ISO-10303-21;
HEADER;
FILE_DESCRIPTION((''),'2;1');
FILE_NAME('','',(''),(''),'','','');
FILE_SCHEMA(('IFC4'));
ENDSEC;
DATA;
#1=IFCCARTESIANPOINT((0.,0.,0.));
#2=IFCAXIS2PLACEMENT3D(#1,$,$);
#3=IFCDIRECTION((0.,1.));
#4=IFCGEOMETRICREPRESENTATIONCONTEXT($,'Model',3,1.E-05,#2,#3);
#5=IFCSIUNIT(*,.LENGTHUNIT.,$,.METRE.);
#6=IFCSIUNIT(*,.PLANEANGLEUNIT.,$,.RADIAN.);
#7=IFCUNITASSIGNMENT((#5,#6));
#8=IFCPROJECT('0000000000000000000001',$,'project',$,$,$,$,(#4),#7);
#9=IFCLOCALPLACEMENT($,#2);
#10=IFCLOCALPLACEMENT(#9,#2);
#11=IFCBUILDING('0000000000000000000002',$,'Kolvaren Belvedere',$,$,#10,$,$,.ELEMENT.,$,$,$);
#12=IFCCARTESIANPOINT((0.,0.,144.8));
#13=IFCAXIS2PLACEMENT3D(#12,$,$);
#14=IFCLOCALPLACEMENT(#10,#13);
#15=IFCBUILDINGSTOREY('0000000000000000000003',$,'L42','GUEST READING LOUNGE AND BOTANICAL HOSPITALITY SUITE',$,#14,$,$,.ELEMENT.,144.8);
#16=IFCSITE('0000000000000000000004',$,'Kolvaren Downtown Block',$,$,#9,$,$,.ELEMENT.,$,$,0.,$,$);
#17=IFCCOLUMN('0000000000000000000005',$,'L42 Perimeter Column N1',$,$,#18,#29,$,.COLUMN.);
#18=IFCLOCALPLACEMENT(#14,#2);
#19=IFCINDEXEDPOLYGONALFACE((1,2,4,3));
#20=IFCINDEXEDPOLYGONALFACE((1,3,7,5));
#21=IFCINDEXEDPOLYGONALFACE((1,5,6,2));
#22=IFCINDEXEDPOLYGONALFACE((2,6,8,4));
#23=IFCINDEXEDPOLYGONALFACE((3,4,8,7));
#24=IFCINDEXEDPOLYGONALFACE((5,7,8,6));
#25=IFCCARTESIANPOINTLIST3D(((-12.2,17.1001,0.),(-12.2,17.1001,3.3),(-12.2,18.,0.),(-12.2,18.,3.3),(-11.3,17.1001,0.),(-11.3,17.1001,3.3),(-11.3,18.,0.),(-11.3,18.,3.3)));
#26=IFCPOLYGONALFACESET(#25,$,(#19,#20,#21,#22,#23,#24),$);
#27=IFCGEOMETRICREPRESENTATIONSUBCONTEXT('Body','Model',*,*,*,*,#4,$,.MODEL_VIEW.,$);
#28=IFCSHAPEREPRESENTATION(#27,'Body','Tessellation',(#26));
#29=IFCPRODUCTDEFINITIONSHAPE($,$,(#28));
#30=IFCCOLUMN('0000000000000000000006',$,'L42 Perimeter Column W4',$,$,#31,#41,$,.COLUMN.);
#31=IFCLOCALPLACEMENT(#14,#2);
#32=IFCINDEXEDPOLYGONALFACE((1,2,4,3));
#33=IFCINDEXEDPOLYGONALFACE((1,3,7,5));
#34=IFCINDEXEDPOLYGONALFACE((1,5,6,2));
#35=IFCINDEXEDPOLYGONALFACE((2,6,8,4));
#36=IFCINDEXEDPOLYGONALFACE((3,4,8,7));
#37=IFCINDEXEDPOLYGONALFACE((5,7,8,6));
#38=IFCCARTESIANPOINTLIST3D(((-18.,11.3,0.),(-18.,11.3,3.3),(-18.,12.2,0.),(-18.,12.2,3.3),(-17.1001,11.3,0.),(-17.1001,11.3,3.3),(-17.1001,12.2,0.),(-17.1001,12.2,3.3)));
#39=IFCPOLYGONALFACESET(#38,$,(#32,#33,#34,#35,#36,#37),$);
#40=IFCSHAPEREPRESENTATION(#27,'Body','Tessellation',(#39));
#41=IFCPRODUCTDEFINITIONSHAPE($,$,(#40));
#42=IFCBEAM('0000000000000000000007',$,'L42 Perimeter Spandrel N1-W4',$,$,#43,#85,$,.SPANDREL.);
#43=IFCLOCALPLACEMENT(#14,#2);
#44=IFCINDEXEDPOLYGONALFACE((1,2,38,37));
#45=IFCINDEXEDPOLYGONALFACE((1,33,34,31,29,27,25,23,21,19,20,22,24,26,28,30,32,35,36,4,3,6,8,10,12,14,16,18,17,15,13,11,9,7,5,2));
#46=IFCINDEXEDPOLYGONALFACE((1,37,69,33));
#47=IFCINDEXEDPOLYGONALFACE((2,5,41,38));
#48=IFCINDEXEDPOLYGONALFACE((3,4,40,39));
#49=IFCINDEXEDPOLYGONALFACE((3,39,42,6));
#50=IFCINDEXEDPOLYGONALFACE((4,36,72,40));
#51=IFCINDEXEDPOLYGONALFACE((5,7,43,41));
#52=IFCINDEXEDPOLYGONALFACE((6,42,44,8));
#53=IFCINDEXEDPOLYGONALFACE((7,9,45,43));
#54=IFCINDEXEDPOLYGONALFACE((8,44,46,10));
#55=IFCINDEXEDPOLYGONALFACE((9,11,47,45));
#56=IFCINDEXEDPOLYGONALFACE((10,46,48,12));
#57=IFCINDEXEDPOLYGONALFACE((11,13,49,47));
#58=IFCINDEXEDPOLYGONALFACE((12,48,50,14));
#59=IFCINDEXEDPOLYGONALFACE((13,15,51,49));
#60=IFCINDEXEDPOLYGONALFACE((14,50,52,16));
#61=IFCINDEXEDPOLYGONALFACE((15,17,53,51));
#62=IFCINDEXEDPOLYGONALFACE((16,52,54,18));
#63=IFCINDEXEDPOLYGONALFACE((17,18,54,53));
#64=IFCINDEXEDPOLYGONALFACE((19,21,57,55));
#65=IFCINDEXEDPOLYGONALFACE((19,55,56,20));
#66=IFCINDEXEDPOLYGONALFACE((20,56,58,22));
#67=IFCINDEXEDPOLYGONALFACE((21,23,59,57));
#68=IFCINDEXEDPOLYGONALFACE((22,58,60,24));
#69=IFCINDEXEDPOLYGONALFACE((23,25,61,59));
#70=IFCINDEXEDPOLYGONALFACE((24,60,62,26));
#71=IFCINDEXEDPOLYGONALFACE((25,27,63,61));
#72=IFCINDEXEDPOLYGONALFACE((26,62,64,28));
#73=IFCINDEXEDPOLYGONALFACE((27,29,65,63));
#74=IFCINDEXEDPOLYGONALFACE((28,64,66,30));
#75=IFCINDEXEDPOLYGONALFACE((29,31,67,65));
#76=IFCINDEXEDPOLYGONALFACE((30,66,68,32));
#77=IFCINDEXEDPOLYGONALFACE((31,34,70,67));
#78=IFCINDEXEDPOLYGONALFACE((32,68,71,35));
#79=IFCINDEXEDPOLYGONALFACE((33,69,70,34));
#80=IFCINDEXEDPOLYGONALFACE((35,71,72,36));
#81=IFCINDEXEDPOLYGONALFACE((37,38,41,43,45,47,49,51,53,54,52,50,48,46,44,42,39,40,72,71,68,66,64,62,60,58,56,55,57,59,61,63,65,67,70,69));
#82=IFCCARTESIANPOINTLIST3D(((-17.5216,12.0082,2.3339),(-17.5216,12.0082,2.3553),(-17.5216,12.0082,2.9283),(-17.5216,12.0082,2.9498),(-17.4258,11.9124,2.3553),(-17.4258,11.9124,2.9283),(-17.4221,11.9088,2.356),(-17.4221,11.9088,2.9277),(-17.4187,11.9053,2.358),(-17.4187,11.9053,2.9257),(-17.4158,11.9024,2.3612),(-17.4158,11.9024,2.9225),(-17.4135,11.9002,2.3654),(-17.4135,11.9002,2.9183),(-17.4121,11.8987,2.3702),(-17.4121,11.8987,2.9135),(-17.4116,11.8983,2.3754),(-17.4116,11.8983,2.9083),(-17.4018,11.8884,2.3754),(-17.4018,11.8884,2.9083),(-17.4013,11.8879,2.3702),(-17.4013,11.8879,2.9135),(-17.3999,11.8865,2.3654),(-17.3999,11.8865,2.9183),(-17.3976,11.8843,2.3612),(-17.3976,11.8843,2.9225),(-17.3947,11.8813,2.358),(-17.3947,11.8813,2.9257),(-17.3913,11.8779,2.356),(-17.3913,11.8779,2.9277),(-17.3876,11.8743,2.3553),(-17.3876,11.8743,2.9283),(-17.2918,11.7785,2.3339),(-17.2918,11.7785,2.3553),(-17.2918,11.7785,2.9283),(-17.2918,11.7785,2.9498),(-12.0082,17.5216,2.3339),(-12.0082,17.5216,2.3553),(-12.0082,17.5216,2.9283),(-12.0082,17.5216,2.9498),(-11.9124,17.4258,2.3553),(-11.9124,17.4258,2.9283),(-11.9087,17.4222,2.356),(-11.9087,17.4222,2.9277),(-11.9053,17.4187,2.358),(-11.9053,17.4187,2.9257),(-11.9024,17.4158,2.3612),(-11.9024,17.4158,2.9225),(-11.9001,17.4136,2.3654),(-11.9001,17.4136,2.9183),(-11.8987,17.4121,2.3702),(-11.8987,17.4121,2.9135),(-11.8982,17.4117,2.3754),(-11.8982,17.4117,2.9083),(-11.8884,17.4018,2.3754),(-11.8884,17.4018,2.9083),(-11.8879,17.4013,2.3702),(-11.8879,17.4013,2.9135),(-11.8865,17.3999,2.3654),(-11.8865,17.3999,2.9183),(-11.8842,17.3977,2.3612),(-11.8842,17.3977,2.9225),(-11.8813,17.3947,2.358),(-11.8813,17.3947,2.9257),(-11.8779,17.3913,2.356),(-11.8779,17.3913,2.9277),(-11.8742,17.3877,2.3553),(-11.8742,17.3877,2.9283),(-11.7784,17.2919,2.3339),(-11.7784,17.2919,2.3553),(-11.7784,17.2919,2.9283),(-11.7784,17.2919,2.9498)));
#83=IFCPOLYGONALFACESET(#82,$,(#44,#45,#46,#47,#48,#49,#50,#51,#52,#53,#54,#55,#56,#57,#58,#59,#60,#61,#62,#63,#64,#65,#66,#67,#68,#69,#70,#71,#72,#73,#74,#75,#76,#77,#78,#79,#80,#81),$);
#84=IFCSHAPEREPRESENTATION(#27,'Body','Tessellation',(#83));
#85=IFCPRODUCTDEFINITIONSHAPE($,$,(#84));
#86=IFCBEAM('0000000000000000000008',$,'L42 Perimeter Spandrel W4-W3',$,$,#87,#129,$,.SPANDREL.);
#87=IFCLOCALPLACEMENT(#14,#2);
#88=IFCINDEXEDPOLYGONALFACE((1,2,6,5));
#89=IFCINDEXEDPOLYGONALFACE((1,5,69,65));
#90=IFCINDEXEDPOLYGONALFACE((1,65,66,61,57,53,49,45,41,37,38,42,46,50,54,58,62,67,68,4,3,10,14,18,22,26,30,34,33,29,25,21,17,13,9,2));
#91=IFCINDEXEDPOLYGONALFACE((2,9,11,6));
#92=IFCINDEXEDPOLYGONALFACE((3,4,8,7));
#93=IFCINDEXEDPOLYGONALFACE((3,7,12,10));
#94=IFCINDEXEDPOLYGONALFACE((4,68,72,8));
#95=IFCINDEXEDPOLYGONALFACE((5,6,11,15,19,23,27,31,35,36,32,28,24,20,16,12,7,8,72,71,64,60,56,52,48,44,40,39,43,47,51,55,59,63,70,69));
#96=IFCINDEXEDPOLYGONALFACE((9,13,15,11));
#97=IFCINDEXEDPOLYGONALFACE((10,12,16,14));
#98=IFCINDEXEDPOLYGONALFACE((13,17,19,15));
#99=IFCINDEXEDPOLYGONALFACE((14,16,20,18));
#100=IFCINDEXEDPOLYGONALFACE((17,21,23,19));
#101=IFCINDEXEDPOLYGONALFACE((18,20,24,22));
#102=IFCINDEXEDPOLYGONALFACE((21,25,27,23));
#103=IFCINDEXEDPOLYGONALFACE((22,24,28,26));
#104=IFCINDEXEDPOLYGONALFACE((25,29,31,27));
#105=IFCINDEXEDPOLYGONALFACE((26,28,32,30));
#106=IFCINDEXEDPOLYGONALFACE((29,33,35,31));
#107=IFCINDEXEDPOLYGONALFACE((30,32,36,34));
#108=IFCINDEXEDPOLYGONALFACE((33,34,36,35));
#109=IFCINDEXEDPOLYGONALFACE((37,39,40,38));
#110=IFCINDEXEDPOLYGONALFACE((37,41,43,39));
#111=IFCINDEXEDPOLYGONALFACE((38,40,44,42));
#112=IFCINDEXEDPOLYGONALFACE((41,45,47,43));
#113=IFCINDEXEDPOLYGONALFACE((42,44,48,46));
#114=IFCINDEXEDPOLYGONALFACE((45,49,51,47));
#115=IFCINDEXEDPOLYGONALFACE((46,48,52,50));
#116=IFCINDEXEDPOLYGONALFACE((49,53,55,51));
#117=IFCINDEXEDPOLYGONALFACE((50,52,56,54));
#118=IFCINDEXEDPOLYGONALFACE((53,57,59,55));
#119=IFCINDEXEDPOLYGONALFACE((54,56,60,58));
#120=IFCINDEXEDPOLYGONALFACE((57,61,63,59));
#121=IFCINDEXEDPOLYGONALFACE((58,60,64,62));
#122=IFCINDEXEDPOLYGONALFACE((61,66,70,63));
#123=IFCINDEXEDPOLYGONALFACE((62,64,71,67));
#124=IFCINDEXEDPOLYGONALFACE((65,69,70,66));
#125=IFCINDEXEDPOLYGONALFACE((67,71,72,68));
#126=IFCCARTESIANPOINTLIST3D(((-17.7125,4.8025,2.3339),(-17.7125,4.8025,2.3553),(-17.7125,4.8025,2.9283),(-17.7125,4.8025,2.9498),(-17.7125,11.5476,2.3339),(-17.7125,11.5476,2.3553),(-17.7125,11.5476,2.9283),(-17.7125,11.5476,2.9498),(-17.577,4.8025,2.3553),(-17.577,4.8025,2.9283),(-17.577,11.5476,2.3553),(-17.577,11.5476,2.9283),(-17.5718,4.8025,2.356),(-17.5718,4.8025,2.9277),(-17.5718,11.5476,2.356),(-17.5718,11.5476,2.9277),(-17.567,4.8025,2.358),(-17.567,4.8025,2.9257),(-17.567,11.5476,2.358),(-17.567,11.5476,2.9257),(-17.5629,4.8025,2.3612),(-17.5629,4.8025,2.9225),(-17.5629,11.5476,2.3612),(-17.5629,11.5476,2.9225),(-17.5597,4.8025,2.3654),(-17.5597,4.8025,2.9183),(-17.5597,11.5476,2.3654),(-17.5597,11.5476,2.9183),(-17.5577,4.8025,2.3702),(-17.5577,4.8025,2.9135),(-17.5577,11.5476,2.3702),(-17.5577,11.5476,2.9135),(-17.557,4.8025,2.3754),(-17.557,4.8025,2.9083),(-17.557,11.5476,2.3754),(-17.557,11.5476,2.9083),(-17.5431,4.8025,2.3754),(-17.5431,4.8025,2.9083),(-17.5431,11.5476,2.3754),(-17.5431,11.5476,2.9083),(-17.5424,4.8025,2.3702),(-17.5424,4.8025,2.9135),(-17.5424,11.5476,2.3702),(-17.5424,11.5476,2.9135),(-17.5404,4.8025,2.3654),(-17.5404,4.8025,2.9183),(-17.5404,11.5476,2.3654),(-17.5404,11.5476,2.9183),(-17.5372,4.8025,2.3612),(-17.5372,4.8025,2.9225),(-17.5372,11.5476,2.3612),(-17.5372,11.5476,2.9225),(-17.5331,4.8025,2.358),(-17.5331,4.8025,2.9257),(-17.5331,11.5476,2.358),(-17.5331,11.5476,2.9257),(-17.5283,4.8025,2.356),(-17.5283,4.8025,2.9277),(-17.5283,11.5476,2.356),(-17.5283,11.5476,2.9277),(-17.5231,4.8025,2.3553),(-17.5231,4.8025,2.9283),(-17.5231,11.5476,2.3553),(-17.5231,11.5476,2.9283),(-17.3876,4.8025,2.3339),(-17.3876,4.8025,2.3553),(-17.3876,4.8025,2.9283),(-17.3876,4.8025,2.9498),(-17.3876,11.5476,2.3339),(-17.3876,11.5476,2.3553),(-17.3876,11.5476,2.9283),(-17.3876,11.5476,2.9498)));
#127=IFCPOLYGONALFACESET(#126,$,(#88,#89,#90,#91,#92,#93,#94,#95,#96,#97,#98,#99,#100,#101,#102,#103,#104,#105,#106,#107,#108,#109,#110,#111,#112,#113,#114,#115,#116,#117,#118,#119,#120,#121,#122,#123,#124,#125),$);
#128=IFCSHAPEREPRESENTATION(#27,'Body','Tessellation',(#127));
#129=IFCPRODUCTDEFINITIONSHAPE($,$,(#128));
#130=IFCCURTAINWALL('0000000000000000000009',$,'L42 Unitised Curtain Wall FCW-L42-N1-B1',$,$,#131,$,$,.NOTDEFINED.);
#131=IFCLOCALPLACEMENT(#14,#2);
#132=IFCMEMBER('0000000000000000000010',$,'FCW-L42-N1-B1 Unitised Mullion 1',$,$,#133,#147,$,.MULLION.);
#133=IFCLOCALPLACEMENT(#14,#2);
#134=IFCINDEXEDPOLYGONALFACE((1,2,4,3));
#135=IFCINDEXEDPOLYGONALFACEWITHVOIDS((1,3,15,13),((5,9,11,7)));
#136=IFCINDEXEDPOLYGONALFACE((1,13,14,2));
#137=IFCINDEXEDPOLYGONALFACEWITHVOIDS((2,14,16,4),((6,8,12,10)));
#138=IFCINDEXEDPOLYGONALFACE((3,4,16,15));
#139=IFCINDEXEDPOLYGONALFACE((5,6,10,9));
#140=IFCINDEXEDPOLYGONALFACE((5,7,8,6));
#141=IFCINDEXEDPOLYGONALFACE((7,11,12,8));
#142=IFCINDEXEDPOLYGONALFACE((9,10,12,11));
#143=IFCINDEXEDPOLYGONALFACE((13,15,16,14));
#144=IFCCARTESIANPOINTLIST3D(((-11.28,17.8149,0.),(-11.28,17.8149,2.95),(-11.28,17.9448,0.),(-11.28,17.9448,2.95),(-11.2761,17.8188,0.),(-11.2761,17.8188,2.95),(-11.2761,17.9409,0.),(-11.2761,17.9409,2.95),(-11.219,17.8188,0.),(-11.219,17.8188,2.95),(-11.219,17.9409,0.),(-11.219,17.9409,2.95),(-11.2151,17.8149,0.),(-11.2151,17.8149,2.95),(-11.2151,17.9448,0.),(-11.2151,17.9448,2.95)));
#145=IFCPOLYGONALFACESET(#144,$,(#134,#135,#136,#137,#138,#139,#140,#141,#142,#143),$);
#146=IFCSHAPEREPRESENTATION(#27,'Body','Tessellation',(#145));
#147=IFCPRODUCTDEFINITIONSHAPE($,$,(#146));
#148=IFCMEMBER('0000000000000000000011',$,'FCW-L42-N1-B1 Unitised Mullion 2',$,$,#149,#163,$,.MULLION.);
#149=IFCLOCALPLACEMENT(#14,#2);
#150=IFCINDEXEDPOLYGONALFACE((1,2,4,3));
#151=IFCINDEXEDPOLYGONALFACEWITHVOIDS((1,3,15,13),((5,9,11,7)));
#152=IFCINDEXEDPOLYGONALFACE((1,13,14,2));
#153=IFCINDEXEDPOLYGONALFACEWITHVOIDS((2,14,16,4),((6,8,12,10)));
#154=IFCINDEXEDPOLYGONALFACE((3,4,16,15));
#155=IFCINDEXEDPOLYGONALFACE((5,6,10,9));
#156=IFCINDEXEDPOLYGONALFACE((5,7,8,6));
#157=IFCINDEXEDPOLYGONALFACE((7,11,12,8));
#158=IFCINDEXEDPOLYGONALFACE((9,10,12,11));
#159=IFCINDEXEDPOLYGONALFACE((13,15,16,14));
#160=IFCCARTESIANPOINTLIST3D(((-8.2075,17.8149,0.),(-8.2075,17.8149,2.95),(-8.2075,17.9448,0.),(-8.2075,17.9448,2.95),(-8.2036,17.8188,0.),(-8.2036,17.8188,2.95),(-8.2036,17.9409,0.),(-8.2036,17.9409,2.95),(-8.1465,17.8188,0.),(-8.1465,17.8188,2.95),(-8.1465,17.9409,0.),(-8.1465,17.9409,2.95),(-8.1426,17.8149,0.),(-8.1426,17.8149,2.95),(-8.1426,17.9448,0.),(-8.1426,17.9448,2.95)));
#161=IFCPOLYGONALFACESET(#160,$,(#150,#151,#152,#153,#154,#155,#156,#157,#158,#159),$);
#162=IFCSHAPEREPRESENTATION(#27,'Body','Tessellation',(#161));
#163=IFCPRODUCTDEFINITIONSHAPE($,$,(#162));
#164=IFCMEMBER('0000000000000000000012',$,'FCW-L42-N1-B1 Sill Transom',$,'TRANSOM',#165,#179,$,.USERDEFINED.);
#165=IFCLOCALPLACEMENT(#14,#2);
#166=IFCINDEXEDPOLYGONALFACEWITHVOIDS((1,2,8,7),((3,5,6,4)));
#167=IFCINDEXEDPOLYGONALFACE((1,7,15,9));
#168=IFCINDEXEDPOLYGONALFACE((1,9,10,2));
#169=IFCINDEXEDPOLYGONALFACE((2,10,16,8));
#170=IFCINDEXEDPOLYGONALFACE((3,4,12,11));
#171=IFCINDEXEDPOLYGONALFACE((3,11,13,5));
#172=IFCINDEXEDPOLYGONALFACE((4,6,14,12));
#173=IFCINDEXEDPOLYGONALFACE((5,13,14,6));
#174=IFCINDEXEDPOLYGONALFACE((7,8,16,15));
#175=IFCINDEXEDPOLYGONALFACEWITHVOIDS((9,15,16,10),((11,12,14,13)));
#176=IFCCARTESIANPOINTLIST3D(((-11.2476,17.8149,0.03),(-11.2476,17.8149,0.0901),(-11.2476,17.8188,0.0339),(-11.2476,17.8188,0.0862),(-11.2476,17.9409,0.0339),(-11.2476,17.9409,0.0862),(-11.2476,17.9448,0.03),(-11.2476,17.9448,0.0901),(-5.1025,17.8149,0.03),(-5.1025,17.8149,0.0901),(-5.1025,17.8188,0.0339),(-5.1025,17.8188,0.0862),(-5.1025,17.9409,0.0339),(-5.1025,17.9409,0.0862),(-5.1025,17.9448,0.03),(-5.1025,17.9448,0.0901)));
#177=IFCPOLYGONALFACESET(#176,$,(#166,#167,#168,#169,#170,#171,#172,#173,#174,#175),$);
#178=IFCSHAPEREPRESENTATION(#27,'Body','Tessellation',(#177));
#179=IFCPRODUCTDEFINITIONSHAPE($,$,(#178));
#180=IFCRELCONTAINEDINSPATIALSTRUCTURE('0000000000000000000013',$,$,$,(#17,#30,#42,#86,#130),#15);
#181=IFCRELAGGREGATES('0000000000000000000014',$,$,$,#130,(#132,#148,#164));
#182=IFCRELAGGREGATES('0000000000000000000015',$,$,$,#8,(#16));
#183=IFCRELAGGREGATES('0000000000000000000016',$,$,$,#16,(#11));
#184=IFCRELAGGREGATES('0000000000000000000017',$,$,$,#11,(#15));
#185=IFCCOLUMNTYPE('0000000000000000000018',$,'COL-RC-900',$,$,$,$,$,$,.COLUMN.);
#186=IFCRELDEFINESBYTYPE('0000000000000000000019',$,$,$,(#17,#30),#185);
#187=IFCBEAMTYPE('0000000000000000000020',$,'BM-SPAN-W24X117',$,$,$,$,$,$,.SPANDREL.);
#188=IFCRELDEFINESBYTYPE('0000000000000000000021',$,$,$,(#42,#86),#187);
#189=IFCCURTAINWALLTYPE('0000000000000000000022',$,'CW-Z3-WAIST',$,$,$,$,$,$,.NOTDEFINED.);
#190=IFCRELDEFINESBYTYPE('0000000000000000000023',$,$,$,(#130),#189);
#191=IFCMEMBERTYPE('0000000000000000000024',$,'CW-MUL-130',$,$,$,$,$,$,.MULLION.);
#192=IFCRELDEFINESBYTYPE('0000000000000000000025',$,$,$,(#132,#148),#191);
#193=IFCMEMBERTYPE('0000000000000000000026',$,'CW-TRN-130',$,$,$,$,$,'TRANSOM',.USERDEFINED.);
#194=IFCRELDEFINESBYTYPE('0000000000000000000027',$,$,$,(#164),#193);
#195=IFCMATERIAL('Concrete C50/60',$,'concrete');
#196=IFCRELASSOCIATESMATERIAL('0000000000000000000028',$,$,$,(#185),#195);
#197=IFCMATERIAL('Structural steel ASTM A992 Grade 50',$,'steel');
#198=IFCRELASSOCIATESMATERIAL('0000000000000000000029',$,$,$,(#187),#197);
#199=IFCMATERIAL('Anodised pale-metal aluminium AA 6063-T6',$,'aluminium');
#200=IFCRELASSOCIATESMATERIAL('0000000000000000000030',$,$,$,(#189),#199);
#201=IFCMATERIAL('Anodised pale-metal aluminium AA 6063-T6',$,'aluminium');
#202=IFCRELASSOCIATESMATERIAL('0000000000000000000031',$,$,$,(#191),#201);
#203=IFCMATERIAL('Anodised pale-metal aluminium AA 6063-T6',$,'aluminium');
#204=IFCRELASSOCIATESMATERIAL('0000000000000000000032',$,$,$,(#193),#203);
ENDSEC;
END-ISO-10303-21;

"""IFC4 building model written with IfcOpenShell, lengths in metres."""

from ifc_helpers import new_model, si_unit, direction, frame, origin, origin_2d, place, context, subcontext, project, spatial, rectangle, hollow_rectangle, i_section, extrude, material, material_profile, profile_set, type_object, element, aggregate, save


model = new_model("IFC4")

# Units and contexts
model_context = context("Model", 3, precision=1e-05, world=origin(), true_north=direction((0.0, 1.0)))
body_context = subcontext(model_context, "Body", "Model", "MODEL_VIEW")
ifc_project = project(units=[si_unit("LENGTHUNIT", "METRE"), si_unit("PLANEANGLEUNIT", "RADIAN")], contexts=[model_context])

# Site, building, storey
site_placement = place(None, origin())
site = spatial("IfcSite", under=ifc_project, at=site_placement, Name="Kolvaren Downtown Block", CompositionType="ELEMENT", RefElevation=0.0)
building_placement = place(site_placement, origin())
building = spatial("IfcBuilding", under=site, at=building_placement, Name="Kolvaren Belvedere", CompositionType="ELEMENT")
storey_placement = place(building_placement, frame((0.0, 0.0, 144.8)))
storey = spatial("IfcBuildingStorey", under=building, at=storey_placement, Name="L42", Description="GUEST READING LOUNGE AND BOTANICAL HOSPITALITY SUITE", CompositionType="ELEMENT", Elevation=144.8)

# Columns
ifc_material_1 = material(Name="Concrete C50/60", Category="concrete")
ifc_material_profile_1 = material_profile(ifc_material_1, rectangle(XDim=0.8999, YDim=0.8999, at=origin_2d()), Name="RC 900X900")
ifc_profile_set_1 = profile_set([ifc_material_profile_1], Name="Concrete C50/60")
column_type = type_object("IfcColumnType", Name="COL-RC-900", PredefinedType="COLUMN", material=ifc_profile_set_1)
for number, where, z_axis, x_axis, name in (
    (1, (-11.75, 17.55, 0.0), (0.0, 0.0, 1.0), (1.0, 0.0, 0.0), "L42 Perimeter Column N1"),
    (2, (-17.55, 11.75, 0.0), (0.0, 0.0, 1.0), (1.0, 0.0, 0.0), "L42 Perimeter Column W4"),
):
    element("IfcColumn", number, at=place(storey_placement, frame(where, z_axis=z_axis, x_axis=x_axis)), inside=storey, type_object=column_type, Name=name, PredefinedType="COLUMN", context=body_context, shape_type="SweptSolid", body=[
        extrude(rectangle(XDim=0.8999, YDim=0.8999, at=origin_2d()), origin(), (0.0, 0.0, 1.0), 3.3),
    ])

# Beams
ifc_material_2 = material(Name="Structural steel ASTM A992 Grade 50", Category="steel")
ifc_material_profile_2 = material_profile(ifc_material_2, i_section(OverallWidth=0.325, OverallDepth=0.616, WebThickness=0.0139, FlangeThickness=0.0215, FilletRadius=0.02, at=origin_2d()), Name="W24X117")
ifc_profile_set_2 = profile_set([ifc_material_profile_2], Name="Structural steel ASTM A992 Grade 50")
beam_type = type_object("IfcBeamType", Name="BM-SPAN-W24X117", PredefinedType="SPANDREL", material=ifc_profile_set_2)
beam_1_placement = place(storey_placement, frame((-11.8933, 17.4067, 2.6418), z_axis=(-0.707107, -0.707107, 0.0), x_axis=(0.707107, -0.707107, 0.0)))
element("IfcBeam", 3, at=beam_1_placement, inside=storey, type_object=beam_type, Name="L42 Perimeter Spandrel N1-W4", PredefinedType="SPANDREL", context=body_context, shape_type="SweptSolid", body=[
    extrude(i_section(OverallWidth=0.325, OverallDepth=0.616, WebThickness=0.0139, FlangeThickness=0.0215, FilletRadius=0.02, at=origin_2d()), origin(), (0.0, 0.0, 1.0), 7.7971),
])
beam_2_placement = place(storey_placement, frame((-17.55, 11.5476, 2.6418), z_axis=(0.0, -1.0, 0.0), x_axis=(1.0, 0.0, 0.0)))
element("IfcBeam", 4, at=beam_2_placement, inside=storey, type_object=beam_type, Name="L42 Perimeter Spandrel W4-W3", PredefinedType="SPANDREL", context=body_context, shape_type="SweptSolid", body=[
    extrude(i_section(OverallWidth=0.325, OverallDepth=0.616, WebThickness=0.0139, FlangeThickness=0.0215, FilletRadius=0.02, at=origin_2d()), origin(), (0.0, 0.0, 1.0), 6.7451),
])

# Curtain wall, members
ifc_material_3 = material(Name="Anodised pale-metal aluminium AA 6063-T6", Category="aluminium")
curtain_wall_type = type_object("IfcCurtainWallType", Name="CW-Z3-WAIST", PredefinedType="NOTDEFINED", material=ifc_material_3)
curtain_wall_placement = place(storey_placement, origin())
curtain_wall = element("IfcCurtainWall", 5, at=curtain_wall_placement, inside=storey, type_object=curtain_wall_type, Name="L42 Unitised Curtain Wall FCW-L42-N1-B1", PredefinedType="NOTDEFINED")
ifc_material_4 = material(Name="Anodised pale-metal aluminium AA 6063-T6", Category="aluminium")
ifc_material_profile_3 = material_profile(ifc_material_4, hollow_rectangle(XDim=0.0649, YDim=0.1299, WallThickness=0.0039, at=origin_2d()), Name="ALU-MUL-130X65")
ifc_profile_set_3 = profile_set([ifc_material_profile_3], Name="Anodised pale-metal aluminium AA 6063-T6")
member_type_1 = type_object("IfcMemberType", Name="CW-MUL-130", PredefinedType="MULLION", material=ifc_profile_set_3)
member_1_placement = place(storey_placement, frame((-11.2476, 17.8799, 0.0), z_axis=(0.0, 0.0, 1.0), x_axis=(1.0, 0.0, 0.0)))
member_1 = element("IfcMember", 6, at=member_1_placement, type_object=member_type_1, Name="FCW-L42-N1-B1 Unitised Mullion 1", PredefinedType="MULLION", context=body_context, shape_type="SweptSolid", body=[
    extrude(hollow_rectangle(XDim=0.0649, YDim=0.1299, WallThickness=0.0039, at=origin_2d()), origin(), (0.0, 0.0, 1.0), 2.95),
])
member_2_placement = place(storey_placement, frame((-8.175, 17.8799, 0.0), z_axis=(0.0, 0.0, 1.0), x_axis=(1.0, 0.0, 0.0)))
member_2 = element("IfcMember", 7, at=member_2_placement, type_object=member_type_1, Name="FCW-L42-N1-B1 Unitised Mullion 2", PredefinedType="MULLION", context=body_context, shape_type="SweptSolid", body=[
    extrude(hollow_rectangle(XDim=0.0649, YDim=0.1299, WallThickness=0.0039, at=origin_2d()), origin(), (0.0, 0.0, 1.0), 2.95),
])
ifc_material_5 = material(Name="Anodised pale-metal aluminium AA 6063-T6", Category="aluminium")
ifc_material_profile_4 = material_profile(ifc_material_5, hollow_rectangle(XDim=0.0601, YDim=0.1299, WallThickness=0.0039, at=origin_2d()), Name="ALU-TRN-130X60")
ifc_profile_set_4 = profile_set([ifc_material_profile_4], Name="Anodised pale-metal aluminium AA 6063-T6")
member_type_2 = type_object("IfcMemberType", Name="CW-TRN-130", ElementType="TRANSOM", PredefinedType="USERDEFINED", material=ifc_profile_set_4)
member_3_placement = place(storey_placement, frame((-11.2476, 17.8799, 0.0601), z_axis=(1.0, 0.0, 0.0), x_axis=(0.0, 0.0, 1.0)))
member_3 = element("IfcMember", 8, at=member_3_placement, type_object=member_type_2, Name="FCW-L42-N1-B1 Sill Transom", ObjectType="TRANSOM", PredefinedType="USERDEFINED", context=body_context, shape_type="SweptSolid", body=[
    extrude(hollow_rectangle(XDim=0.0601, YDim=0.1299, WallThickness=0.0039, at=origin_2d()), origin(), (0.0, 0.0, 1.0), 6.145),
])
aggregate(curtain_wall, [member_1, member_2, member_3])

save(model, "model.ifc")
